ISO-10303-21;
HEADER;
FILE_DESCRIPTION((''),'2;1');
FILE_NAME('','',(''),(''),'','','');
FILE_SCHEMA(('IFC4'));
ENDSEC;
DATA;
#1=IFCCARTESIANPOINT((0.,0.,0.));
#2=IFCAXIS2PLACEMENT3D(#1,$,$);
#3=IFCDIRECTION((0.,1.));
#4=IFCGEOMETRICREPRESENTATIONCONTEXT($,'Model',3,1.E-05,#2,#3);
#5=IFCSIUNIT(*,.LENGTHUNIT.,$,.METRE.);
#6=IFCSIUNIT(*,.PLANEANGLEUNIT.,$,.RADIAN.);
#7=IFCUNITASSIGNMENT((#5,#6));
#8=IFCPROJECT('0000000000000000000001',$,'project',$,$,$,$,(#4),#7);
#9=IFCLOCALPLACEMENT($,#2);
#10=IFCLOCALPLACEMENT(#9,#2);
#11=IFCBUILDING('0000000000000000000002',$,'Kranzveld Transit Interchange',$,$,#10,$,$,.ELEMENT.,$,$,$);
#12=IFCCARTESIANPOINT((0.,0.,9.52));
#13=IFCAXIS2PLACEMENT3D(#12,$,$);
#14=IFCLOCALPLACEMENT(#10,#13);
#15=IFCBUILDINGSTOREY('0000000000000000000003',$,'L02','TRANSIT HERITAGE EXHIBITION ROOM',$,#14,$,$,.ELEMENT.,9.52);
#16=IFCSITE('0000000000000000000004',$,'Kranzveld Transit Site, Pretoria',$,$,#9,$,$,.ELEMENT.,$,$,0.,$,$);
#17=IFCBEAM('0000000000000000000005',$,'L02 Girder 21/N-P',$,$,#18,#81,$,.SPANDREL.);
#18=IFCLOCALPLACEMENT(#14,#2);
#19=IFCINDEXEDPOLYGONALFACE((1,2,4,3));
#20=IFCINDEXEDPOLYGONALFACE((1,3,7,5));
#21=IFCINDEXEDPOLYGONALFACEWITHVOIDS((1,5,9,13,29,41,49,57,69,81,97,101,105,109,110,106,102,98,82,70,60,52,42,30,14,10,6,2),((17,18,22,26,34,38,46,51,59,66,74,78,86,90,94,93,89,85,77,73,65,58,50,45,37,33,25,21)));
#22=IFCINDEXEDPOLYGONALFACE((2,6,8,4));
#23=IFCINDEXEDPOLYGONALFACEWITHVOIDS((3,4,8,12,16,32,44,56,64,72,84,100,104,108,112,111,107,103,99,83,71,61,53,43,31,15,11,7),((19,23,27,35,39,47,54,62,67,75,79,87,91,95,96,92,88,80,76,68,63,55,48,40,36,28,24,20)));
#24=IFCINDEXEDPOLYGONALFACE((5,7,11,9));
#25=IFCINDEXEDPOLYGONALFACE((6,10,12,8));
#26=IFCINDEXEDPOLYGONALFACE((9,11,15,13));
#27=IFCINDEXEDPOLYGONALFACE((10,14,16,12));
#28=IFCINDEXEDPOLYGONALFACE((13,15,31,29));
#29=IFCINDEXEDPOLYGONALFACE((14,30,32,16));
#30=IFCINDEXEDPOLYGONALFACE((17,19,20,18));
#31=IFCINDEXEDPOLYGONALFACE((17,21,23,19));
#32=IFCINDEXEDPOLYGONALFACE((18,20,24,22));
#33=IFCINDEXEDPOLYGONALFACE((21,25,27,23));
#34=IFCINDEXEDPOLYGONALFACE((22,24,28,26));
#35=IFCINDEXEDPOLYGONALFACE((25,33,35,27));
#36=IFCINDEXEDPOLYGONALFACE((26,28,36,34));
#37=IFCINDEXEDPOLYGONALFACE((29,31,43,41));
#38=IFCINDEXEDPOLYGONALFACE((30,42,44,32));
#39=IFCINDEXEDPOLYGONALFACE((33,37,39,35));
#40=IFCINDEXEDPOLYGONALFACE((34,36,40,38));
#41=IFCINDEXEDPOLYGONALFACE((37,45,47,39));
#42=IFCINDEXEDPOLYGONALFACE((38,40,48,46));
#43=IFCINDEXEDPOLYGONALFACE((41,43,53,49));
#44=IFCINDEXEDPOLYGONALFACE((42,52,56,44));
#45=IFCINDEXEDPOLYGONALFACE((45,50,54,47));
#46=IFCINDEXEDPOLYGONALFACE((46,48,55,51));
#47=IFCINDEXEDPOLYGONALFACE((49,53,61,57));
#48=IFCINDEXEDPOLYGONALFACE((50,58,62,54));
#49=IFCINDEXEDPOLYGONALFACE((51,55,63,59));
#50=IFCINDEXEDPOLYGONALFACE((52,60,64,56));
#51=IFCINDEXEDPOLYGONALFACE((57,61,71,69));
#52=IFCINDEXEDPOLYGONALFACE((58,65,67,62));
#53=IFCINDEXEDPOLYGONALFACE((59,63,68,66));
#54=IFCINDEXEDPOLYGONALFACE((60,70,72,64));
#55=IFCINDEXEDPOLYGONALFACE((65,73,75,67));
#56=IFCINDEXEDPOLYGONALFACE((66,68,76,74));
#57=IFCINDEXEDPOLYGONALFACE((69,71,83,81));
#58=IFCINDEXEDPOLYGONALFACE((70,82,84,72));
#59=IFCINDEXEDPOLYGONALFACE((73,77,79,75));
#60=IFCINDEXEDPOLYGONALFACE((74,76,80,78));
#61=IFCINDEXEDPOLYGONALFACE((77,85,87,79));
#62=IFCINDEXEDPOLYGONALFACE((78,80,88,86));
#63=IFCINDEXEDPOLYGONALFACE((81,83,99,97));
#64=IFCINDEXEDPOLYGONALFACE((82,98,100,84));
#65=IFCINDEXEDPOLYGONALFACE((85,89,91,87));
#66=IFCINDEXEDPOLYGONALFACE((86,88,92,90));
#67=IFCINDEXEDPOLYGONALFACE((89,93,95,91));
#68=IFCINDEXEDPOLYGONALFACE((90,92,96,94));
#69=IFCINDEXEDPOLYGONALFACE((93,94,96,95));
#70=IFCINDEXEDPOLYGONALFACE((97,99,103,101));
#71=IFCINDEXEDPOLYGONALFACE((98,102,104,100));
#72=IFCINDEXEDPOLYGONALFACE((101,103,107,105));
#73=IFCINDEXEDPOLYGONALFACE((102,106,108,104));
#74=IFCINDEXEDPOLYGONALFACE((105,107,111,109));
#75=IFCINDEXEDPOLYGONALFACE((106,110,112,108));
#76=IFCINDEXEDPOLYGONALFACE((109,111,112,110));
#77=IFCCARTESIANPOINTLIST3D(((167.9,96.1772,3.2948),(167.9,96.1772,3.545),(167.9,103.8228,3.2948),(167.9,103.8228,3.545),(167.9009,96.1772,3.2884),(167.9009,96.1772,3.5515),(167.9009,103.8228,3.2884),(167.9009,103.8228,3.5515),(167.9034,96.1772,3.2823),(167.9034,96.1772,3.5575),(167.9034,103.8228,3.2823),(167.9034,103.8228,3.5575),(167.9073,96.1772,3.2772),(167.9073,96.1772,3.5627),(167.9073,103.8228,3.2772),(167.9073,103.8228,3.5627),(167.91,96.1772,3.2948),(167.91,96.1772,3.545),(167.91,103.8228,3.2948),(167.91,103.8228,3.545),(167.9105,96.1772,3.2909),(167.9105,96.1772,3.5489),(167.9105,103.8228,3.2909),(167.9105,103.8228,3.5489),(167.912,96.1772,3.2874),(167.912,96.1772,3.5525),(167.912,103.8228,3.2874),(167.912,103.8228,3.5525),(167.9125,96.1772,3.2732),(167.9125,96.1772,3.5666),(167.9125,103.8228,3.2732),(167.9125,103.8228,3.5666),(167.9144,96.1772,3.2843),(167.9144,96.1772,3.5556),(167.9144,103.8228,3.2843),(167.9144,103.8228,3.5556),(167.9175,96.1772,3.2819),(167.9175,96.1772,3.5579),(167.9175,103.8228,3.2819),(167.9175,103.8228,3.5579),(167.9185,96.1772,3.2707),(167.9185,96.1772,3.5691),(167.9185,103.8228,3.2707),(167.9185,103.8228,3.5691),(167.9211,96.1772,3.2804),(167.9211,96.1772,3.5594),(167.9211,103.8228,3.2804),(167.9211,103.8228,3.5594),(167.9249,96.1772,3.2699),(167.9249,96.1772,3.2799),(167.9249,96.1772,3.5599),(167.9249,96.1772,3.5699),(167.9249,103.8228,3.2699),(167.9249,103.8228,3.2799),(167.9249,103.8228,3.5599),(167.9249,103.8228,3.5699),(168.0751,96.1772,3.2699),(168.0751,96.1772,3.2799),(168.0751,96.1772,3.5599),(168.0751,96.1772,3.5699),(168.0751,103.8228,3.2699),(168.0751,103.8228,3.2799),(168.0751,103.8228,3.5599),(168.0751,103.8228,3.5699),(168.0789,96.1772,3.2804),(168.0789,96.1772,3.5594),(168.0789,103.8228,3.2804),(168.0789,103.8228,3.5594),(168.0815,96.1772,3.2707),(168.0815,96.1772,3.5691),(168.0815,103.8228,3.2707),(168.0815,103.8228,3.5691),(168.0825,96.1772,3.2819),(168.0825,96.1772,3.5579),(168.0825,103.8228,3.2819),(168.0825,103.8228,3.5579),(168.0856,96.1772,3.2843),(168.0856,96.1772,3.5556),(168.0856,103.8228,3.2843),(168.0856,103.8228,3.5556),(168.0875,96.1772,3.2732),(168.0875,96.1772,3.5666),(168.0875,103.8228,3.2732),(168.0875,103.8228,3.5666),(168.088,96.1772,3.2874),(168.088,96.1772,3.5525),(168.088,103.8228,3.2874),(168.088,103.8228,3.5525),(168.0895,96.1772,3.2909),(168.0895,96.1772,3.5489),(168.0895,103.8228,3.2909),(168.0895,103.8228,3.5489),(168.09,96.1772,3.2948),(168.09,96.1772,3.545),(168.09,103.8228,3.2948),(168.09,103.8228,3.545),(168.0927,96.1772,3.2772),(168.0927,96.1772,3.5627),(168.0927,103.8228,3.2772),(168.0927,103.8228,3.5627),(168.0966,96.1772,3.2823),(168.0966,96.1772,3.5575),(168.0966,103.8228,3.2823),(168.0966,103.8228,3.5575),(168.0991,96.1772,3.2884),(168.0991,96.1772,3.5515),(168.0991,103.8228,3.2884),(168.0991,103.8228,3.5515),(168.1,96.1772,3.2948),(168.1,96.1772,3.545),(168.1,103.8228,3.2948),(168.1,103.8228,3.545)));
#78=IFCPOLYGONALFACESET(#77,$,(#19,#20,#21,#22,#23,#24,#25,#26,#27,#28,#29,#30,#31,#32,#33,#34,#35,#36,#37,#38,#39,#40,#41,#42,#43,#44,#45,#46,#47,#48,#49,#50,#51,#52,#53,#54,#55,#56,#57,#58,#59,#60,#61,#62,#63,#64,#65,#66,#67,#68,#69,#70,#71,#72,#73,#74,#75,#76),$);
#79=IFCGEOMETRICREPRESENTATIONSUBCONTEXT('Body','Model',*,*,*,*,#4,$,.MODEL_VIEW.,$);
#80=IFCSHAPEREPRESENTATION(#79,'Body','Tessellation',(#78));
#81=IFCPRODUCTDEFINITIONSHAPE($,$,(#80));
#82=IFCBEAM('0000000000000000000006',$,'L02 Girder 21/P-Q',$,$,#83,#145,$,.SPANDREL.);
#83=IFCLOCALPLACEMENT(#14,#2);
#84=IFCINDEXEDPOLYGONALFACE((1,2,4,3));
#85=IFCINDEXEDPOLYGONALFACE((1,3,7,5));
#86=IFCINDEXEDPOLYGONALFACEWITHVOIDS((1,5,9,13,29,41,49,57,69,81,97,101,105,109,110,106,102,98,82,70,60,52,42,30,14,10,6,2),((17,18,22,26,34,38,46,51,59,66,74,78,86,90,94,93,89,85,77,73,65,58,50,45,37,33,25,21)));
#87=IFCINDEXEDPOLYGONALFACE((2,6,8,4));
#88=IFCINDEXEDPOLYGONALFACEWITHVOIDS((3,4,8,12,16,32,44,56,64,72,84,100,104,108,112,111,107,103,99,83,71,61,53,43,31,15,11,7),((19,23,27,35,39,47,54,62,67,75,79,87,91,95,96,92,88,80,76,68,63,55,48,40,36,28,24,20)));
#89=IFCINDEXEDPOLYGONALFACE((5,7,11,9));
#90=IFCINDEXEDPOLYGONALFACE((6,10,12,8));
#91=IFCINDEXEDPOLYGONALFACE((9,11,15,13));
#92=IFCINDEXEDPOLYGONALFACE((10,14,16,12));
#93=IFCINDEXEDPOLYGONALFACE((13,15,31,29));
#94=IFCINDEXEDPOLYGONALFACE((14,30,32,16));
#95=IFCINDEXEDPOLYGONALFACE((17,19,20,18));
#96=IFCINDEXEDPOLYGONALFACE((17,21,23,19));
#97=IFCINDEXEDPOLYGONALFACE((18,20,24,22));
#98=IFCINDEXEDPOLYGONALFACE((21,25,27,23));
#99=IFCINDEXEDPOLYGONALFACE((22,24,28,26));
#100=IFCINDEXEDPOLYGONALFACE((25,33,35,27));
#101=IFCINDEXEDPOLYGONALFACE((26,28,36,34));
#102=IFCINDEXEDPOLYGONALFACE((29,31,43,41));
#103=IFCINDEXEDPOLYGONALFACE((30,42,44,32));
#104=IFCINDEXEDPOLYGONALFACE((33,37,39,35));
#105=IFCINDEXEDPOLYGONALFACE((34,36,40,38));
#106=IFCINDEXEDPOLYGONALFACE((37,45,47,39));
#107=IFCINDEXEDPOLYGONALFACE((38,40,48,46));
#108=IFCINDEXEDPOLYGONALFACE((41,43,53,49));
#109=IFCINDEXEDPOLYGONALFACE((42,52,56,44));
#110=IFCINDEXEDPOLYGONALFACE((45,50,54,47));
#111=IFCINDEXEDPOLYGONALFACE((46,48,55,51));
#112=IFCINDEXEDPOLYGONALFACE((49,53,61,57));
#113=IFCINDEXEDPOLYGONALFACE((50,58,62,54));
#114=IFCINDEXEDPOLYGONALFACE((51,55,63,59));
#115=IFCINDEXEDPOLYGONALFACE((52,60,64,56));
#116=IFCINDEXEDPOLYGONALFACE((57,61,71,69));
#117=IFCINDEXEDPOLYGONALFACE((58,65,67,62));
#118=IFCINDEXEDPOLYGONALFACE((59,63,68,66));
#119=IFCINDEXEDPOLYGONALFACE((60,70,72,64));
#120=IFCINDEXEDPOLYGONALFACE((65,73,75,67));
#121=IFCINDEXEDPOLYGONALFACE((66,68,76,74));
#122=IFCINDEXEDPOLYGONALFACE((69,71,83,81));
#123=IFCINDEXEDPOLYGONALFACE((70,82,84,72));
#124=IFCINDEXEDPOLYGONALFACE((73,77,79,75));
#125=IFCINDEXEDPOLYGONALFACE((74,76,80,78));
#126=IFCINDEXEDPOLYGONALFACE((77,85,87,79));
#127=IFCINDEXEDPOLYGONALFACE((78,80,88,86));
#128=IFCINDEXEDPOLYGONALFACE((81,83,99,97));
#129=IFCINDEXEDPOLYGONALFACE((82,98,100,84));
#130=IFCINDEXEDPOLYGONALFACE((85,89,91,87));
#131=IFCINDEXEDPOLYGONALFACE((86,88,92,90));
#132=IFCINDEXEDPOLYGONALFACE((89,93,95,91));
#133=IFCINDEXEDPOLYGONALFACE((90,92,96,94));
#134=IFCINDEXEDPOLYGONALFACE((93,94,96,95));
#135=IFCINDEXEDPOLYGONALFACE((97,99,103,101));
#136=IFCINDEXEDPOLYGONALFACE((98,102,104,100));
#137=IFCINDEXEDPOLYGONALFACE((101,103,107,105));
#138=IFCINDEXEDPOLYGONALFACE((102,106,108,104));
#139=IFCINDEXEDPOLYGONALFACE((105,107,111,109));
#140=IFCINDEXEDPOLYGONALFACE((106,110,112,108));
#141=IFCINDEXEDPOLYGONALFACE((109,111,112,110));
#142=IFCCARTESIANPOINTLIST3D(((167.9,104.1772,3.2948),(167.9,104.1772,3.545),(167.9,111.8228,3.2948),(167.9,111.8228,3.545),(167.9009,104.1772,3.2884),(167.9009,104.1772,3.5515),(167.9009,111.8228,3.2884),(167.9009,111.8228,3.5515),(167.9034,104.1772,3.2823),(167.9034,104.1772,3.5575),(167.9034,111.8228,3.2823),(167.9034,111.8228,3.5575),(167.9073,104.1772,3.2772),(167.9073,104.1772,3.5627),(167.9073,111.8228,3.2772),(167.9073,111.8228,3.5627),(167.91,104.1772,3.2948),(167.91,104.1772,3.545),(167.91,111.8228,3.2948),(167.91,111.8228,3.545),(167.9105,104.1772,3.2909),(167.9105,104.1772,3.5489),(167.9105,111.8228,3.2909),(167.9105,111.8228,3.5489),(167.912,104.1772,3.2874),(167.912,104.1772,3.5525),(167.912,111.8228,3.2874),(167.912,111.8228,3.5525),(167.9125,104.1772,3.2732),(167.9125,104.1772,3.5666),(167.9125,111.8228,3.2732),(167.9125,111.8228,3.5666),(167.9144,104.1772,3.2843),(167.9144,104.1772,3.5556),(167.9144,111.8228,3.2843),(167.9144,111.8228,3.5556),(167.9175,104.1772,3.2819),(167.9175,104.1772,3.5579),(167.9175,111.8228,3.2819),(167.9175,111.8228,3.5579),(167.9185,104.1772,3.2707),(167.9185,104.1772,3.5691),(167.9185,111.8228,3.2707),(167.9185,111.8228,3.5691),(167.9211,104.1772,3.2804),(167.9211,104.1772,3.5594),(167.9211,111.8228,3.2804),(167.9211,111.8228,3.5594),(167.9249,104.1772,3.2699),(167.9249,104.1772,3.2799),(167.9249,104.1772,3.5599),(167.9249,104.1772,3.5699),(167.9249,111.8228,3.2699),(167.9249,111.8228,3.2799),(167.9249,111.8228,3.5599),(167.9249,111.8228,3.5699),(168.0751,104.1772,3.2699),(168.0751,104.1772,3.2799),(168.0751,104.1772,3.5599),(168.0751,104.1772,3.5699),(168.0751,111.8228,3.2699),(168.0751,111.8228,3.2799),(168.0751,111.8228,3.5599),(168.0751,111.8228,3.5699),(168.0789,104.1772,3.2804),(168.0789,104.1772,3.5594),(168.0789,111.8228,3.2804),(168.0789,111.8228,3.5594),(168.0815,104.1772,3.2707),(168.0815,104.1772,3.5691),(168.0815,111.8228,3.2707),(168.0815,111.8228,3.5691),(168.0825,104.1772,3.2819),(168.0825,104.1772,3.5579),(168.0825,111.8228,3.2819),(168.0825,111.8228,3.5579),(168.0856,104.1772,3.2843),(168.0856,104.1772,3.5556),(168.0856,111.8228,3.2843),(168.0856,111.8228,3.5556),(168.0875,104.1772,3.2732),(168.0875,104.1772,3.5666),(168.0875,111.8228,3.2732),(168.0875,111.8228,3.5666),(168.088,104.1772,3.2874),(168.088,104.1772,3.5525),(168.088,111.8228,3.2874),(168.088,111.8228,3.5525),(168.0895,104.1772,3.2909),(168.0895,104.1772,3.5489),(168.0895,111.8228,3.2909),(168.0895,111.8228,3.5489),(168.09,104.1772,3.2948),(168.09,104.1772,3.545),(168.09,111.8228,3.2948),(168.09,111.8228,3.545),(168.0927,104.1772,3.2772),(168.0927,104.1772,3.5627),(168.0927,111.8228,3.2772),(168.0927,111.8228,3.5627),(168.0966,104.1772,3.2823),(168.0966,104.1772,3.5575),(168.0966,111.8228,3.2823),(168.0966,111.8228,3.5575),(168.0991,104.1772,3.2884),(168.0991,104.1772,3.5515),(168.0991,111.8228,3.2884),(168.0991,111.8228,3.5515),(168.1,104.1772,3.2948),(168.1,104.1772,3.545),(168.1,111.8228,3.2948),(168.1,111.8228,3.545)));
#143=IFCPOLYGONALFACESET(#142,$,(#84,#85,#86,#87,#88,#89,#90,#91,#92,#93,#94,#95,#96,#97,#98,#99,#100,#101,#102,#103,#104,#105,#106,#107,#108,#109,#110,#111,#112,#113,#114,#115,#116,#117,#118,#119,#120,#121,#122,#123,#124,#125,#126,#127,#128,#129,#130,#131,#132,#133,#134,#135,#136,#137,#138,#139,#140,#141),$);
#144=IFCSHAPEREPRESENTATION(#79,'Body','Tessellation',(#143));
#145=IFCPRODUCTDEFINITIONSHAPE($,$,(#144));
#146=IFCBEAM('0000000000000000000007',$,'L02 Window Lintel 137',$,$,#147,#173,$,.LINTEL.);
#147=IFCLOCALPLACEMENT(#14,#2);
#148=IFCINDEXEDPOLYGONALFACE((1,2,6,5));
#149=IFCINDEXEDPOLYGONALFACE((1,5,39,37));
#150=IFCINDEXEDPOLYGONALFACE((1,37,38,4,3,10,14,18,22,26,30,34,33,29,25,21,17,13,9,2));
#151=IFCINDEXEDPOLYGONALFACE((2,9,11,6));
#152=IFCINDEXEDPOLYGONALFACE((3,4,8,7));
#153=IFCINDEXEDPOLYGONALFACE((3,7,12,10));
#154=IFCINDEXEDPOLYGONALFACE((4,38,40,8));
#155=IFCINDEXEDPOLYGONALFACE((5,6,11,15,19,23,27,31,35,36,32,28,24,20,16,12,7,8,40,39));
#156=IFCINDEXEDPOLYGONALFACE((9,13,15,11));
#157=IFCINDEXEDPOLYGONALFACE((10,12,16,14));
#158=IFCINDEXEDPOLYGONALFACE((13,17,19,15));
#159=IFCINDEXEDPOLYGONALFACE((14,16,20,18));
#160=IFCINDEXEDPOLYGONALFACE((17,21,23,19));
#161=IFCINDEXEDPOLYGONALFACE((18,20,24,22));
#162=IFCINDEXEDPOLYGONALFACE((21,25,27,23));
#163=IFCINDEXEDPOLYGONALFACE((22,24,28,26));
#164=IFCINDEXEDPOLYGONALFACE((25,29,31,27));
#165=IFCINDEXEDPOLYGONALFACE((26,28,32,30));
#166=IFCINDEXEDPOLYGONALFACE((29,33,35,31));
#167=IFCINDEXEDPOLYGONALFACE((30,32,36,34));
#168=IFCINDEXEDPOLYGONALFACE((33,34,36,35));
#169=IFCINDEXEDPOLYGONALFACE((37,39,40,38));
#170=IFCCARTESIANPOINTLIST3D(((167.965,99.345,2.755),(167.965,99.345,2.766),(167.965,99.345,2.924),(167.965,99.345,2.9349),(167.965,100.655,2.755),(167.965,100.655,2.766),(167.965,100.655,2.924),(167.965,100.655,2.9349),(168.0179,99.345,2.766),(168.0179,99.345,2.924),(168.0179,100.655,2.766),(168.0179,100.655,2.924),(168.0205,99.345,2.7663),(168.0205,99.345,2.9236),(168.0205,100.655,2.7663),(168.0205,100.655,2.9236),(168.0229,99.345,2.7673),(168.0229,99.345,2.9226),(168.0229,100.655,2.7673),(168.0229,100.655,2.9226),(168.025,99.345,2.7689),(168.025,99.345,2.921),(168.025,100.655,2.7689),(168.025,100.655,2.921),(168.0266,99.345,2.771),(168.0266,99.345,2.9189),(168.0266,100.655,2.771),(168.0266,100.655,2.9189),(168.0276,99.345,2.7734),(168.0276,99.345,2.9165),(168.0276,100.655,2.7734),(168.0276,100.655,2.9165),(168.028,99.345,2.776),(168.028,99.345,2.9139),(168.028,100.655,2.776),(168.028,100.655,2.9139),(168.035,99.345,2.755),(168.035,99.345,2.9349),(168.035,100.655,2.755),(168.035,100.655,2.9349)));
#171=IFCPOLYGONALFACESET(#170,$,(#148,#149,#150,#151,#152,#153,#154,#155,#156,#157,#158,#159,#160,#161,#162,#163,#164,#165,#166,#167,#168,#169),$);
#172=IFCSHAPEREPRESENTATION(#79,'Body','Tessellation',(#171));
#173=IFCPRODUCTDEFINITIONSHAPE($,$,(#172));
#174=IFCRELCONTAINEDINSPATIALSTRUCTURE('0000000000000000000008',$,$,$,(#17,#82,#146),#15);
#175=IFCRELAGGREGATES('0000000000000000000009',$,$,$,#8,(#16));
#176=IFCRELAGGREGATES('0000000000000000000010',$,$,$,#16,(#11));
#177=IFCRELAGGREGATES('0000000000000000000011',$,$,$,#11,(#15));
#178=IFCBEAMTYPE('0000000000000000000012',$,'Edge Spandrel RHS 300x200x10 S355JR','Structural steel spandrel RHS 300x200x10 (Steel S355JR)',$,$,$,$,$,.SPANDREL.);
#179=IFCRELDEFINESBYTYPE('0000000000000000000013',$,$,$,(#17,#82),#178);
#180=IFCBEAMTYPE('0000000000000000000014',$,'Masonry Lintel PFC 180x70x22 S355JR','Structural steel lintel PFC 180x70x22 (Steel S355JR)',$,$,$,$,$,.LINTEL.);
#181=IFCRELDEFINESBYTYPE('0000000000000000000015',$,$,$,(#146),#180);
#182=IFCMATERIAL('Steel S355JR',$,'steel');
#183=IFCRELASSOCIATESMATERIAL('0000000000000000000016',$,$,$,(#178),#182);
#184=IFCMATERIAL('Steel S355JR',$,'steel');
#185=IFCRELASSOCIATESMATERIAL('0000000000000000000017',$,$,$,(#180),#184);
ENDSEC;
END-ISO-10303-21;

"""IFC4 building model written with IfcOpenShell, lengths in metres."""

from ifc_helpers import new_model, si_unit, direction, frame, origin, origin_2d, place, context, subcontext, project, spatial, hollow_rectangle, u_section, extrude, material, material_profile, profile_set, type_object, element, save


model = new_model("IFC4")

# Units and contexts
model_context = context("Model", 3, precision=1e-05, world=origin(), true_north=direction((0.0, 1.0)))
body_context = subcontext(model_context, "Body", "Model", "MODEL_VIEW")
ifc_project = project(units=[si_unit("LENGTHUNIT", "METRE"), si_unit("PLANEANGLEUNIT", "RADIAN")], contexts=[model_context])

# Site, building, storey
site_placement = place(None, origin())
site = spatial("IfcSite", under=ifc_project, at=site_placement, Name="Kranzveld Transit Site, Pretoria", CompositionType="ELEMENT", RefElevation=0.0)
building_placement = place(site_placement, origin())
building = spatial("IfcBuilding", under=site, at=building_placement, Name="Kranzveld Transit Interchange", CompositionType="ELEMENT")
storey_placement = place(building_placement, frame((0.0, 0.0, 9.52)))
storey = spatial("IfcBuildingStorey", under=building, at=storey_placement, Name="L02", Description="TRANSIT HERITAGE EXHIBITION ROOM", CompositionType="ELEMENT", Elevation=9.52)

# Beams
ifc_material_1 = material(Name="Steel S355JR", Category="steel")
ifc_material_profile_1 = material_profile(ifc_material_1, hollow_rectangle(XDim=0.2, YDim=0.3, WallThickness=0.01, InnerFilletRadius=0.0149, OuterFilletRadius=0.0249, at=origin_2d()), Name="RHS 300x200x10")
ifc_profile_set_1 = profile_set([ifc_material_profile_1], Name="Steel S355JR")
beam_type_1 = type_object("IfcBeamType", Name="Edge Spandrel RHS 300x200x10 S355JR", Description="Structural steel spandrel RHS 300x200x10 (Steel S355JR)", PredefinedType="SPANDREL", material=ifc_profile_set_1)
for number, where, z_axis, x_axis, name in (
    (1, (168.0, 96.1772, 3.4199), (0.0, 1.0, 0.0), (-1.0, 0.0, 0.0), "L02 Girder 21/N-P"),
    (2, (168.0, 104.1772, 3.4199), (0.0, 1.0, 0.0), (-1.0, 0.0, 0.0), "L02 Girder 21/P-Q"),
):
    element("IfcBeam", number, at=place(storey_placement, frame(where, z_axis=z_axis, x_axis=x_axis)), inside=storey, type_object=beam_type_1, Name=name, PredefinedType="SPANDREL", context=body_context, shape_type="SweptSolid", body=[
        extrude(hollow_rectangle(XDim=0.2, YDim=0.3, WallThickness=0.01, InnerFilletRadius=0.0149, OuterFilletRadius=0.0249, at=origin_2d()), origin(), (0.0, 0.0, 1.0), 7.6455),
    ])
ifc_material_2 = material(Name="Steel S355JR", Category="steel")
ifc_material_profile_2 = material_profile(ifc_material_2, u_section(Depth=0.1799, FlangeWidth=0.0701, WebThickness=0.0071, FlangeThickness=0.011, FilletRadius=0.01, at=origin_2d()), Name="PFC 180x70x22")
ifc_profile_set_2 = profile_set([ifc_material_profile_2], Name="Steel S355JR")
beam_type_2 = type_object("IfcBeamType", Name="Masonry Lintel PFC 180x70x22 S355JR", Description="Structural steel lintel PFC 180x70x22 (Steel S355JR)", PredefinedType="LINTEL", material=ifc_profile_set_2)
beam_1_placement = place(storey_placement, frame((168.0, 99.345, 2.845), z_axis=(0.0, 1.0, 0.0), x_axis=(-1.0, 0.0, 0.0)))
element("IfcBeam", 3, at=beam_1_placement, inside=storey, type_object=beam_type_2, Name="L02 Window Lintel 137", PredefinedType="LINTEL", context=body_context, shape_type="SweptSolid", body=[
    extrude(u_section(Depth=0.1799, FlangeWidth=0.0701, WebThickness=0.0071, FlangeThickness=0.011, FilletRadius=0.01, at=origin_2d()), origin(), (0.0, 0.0, 1.0), 1.3101),
])

save(model, "model.ifc")
